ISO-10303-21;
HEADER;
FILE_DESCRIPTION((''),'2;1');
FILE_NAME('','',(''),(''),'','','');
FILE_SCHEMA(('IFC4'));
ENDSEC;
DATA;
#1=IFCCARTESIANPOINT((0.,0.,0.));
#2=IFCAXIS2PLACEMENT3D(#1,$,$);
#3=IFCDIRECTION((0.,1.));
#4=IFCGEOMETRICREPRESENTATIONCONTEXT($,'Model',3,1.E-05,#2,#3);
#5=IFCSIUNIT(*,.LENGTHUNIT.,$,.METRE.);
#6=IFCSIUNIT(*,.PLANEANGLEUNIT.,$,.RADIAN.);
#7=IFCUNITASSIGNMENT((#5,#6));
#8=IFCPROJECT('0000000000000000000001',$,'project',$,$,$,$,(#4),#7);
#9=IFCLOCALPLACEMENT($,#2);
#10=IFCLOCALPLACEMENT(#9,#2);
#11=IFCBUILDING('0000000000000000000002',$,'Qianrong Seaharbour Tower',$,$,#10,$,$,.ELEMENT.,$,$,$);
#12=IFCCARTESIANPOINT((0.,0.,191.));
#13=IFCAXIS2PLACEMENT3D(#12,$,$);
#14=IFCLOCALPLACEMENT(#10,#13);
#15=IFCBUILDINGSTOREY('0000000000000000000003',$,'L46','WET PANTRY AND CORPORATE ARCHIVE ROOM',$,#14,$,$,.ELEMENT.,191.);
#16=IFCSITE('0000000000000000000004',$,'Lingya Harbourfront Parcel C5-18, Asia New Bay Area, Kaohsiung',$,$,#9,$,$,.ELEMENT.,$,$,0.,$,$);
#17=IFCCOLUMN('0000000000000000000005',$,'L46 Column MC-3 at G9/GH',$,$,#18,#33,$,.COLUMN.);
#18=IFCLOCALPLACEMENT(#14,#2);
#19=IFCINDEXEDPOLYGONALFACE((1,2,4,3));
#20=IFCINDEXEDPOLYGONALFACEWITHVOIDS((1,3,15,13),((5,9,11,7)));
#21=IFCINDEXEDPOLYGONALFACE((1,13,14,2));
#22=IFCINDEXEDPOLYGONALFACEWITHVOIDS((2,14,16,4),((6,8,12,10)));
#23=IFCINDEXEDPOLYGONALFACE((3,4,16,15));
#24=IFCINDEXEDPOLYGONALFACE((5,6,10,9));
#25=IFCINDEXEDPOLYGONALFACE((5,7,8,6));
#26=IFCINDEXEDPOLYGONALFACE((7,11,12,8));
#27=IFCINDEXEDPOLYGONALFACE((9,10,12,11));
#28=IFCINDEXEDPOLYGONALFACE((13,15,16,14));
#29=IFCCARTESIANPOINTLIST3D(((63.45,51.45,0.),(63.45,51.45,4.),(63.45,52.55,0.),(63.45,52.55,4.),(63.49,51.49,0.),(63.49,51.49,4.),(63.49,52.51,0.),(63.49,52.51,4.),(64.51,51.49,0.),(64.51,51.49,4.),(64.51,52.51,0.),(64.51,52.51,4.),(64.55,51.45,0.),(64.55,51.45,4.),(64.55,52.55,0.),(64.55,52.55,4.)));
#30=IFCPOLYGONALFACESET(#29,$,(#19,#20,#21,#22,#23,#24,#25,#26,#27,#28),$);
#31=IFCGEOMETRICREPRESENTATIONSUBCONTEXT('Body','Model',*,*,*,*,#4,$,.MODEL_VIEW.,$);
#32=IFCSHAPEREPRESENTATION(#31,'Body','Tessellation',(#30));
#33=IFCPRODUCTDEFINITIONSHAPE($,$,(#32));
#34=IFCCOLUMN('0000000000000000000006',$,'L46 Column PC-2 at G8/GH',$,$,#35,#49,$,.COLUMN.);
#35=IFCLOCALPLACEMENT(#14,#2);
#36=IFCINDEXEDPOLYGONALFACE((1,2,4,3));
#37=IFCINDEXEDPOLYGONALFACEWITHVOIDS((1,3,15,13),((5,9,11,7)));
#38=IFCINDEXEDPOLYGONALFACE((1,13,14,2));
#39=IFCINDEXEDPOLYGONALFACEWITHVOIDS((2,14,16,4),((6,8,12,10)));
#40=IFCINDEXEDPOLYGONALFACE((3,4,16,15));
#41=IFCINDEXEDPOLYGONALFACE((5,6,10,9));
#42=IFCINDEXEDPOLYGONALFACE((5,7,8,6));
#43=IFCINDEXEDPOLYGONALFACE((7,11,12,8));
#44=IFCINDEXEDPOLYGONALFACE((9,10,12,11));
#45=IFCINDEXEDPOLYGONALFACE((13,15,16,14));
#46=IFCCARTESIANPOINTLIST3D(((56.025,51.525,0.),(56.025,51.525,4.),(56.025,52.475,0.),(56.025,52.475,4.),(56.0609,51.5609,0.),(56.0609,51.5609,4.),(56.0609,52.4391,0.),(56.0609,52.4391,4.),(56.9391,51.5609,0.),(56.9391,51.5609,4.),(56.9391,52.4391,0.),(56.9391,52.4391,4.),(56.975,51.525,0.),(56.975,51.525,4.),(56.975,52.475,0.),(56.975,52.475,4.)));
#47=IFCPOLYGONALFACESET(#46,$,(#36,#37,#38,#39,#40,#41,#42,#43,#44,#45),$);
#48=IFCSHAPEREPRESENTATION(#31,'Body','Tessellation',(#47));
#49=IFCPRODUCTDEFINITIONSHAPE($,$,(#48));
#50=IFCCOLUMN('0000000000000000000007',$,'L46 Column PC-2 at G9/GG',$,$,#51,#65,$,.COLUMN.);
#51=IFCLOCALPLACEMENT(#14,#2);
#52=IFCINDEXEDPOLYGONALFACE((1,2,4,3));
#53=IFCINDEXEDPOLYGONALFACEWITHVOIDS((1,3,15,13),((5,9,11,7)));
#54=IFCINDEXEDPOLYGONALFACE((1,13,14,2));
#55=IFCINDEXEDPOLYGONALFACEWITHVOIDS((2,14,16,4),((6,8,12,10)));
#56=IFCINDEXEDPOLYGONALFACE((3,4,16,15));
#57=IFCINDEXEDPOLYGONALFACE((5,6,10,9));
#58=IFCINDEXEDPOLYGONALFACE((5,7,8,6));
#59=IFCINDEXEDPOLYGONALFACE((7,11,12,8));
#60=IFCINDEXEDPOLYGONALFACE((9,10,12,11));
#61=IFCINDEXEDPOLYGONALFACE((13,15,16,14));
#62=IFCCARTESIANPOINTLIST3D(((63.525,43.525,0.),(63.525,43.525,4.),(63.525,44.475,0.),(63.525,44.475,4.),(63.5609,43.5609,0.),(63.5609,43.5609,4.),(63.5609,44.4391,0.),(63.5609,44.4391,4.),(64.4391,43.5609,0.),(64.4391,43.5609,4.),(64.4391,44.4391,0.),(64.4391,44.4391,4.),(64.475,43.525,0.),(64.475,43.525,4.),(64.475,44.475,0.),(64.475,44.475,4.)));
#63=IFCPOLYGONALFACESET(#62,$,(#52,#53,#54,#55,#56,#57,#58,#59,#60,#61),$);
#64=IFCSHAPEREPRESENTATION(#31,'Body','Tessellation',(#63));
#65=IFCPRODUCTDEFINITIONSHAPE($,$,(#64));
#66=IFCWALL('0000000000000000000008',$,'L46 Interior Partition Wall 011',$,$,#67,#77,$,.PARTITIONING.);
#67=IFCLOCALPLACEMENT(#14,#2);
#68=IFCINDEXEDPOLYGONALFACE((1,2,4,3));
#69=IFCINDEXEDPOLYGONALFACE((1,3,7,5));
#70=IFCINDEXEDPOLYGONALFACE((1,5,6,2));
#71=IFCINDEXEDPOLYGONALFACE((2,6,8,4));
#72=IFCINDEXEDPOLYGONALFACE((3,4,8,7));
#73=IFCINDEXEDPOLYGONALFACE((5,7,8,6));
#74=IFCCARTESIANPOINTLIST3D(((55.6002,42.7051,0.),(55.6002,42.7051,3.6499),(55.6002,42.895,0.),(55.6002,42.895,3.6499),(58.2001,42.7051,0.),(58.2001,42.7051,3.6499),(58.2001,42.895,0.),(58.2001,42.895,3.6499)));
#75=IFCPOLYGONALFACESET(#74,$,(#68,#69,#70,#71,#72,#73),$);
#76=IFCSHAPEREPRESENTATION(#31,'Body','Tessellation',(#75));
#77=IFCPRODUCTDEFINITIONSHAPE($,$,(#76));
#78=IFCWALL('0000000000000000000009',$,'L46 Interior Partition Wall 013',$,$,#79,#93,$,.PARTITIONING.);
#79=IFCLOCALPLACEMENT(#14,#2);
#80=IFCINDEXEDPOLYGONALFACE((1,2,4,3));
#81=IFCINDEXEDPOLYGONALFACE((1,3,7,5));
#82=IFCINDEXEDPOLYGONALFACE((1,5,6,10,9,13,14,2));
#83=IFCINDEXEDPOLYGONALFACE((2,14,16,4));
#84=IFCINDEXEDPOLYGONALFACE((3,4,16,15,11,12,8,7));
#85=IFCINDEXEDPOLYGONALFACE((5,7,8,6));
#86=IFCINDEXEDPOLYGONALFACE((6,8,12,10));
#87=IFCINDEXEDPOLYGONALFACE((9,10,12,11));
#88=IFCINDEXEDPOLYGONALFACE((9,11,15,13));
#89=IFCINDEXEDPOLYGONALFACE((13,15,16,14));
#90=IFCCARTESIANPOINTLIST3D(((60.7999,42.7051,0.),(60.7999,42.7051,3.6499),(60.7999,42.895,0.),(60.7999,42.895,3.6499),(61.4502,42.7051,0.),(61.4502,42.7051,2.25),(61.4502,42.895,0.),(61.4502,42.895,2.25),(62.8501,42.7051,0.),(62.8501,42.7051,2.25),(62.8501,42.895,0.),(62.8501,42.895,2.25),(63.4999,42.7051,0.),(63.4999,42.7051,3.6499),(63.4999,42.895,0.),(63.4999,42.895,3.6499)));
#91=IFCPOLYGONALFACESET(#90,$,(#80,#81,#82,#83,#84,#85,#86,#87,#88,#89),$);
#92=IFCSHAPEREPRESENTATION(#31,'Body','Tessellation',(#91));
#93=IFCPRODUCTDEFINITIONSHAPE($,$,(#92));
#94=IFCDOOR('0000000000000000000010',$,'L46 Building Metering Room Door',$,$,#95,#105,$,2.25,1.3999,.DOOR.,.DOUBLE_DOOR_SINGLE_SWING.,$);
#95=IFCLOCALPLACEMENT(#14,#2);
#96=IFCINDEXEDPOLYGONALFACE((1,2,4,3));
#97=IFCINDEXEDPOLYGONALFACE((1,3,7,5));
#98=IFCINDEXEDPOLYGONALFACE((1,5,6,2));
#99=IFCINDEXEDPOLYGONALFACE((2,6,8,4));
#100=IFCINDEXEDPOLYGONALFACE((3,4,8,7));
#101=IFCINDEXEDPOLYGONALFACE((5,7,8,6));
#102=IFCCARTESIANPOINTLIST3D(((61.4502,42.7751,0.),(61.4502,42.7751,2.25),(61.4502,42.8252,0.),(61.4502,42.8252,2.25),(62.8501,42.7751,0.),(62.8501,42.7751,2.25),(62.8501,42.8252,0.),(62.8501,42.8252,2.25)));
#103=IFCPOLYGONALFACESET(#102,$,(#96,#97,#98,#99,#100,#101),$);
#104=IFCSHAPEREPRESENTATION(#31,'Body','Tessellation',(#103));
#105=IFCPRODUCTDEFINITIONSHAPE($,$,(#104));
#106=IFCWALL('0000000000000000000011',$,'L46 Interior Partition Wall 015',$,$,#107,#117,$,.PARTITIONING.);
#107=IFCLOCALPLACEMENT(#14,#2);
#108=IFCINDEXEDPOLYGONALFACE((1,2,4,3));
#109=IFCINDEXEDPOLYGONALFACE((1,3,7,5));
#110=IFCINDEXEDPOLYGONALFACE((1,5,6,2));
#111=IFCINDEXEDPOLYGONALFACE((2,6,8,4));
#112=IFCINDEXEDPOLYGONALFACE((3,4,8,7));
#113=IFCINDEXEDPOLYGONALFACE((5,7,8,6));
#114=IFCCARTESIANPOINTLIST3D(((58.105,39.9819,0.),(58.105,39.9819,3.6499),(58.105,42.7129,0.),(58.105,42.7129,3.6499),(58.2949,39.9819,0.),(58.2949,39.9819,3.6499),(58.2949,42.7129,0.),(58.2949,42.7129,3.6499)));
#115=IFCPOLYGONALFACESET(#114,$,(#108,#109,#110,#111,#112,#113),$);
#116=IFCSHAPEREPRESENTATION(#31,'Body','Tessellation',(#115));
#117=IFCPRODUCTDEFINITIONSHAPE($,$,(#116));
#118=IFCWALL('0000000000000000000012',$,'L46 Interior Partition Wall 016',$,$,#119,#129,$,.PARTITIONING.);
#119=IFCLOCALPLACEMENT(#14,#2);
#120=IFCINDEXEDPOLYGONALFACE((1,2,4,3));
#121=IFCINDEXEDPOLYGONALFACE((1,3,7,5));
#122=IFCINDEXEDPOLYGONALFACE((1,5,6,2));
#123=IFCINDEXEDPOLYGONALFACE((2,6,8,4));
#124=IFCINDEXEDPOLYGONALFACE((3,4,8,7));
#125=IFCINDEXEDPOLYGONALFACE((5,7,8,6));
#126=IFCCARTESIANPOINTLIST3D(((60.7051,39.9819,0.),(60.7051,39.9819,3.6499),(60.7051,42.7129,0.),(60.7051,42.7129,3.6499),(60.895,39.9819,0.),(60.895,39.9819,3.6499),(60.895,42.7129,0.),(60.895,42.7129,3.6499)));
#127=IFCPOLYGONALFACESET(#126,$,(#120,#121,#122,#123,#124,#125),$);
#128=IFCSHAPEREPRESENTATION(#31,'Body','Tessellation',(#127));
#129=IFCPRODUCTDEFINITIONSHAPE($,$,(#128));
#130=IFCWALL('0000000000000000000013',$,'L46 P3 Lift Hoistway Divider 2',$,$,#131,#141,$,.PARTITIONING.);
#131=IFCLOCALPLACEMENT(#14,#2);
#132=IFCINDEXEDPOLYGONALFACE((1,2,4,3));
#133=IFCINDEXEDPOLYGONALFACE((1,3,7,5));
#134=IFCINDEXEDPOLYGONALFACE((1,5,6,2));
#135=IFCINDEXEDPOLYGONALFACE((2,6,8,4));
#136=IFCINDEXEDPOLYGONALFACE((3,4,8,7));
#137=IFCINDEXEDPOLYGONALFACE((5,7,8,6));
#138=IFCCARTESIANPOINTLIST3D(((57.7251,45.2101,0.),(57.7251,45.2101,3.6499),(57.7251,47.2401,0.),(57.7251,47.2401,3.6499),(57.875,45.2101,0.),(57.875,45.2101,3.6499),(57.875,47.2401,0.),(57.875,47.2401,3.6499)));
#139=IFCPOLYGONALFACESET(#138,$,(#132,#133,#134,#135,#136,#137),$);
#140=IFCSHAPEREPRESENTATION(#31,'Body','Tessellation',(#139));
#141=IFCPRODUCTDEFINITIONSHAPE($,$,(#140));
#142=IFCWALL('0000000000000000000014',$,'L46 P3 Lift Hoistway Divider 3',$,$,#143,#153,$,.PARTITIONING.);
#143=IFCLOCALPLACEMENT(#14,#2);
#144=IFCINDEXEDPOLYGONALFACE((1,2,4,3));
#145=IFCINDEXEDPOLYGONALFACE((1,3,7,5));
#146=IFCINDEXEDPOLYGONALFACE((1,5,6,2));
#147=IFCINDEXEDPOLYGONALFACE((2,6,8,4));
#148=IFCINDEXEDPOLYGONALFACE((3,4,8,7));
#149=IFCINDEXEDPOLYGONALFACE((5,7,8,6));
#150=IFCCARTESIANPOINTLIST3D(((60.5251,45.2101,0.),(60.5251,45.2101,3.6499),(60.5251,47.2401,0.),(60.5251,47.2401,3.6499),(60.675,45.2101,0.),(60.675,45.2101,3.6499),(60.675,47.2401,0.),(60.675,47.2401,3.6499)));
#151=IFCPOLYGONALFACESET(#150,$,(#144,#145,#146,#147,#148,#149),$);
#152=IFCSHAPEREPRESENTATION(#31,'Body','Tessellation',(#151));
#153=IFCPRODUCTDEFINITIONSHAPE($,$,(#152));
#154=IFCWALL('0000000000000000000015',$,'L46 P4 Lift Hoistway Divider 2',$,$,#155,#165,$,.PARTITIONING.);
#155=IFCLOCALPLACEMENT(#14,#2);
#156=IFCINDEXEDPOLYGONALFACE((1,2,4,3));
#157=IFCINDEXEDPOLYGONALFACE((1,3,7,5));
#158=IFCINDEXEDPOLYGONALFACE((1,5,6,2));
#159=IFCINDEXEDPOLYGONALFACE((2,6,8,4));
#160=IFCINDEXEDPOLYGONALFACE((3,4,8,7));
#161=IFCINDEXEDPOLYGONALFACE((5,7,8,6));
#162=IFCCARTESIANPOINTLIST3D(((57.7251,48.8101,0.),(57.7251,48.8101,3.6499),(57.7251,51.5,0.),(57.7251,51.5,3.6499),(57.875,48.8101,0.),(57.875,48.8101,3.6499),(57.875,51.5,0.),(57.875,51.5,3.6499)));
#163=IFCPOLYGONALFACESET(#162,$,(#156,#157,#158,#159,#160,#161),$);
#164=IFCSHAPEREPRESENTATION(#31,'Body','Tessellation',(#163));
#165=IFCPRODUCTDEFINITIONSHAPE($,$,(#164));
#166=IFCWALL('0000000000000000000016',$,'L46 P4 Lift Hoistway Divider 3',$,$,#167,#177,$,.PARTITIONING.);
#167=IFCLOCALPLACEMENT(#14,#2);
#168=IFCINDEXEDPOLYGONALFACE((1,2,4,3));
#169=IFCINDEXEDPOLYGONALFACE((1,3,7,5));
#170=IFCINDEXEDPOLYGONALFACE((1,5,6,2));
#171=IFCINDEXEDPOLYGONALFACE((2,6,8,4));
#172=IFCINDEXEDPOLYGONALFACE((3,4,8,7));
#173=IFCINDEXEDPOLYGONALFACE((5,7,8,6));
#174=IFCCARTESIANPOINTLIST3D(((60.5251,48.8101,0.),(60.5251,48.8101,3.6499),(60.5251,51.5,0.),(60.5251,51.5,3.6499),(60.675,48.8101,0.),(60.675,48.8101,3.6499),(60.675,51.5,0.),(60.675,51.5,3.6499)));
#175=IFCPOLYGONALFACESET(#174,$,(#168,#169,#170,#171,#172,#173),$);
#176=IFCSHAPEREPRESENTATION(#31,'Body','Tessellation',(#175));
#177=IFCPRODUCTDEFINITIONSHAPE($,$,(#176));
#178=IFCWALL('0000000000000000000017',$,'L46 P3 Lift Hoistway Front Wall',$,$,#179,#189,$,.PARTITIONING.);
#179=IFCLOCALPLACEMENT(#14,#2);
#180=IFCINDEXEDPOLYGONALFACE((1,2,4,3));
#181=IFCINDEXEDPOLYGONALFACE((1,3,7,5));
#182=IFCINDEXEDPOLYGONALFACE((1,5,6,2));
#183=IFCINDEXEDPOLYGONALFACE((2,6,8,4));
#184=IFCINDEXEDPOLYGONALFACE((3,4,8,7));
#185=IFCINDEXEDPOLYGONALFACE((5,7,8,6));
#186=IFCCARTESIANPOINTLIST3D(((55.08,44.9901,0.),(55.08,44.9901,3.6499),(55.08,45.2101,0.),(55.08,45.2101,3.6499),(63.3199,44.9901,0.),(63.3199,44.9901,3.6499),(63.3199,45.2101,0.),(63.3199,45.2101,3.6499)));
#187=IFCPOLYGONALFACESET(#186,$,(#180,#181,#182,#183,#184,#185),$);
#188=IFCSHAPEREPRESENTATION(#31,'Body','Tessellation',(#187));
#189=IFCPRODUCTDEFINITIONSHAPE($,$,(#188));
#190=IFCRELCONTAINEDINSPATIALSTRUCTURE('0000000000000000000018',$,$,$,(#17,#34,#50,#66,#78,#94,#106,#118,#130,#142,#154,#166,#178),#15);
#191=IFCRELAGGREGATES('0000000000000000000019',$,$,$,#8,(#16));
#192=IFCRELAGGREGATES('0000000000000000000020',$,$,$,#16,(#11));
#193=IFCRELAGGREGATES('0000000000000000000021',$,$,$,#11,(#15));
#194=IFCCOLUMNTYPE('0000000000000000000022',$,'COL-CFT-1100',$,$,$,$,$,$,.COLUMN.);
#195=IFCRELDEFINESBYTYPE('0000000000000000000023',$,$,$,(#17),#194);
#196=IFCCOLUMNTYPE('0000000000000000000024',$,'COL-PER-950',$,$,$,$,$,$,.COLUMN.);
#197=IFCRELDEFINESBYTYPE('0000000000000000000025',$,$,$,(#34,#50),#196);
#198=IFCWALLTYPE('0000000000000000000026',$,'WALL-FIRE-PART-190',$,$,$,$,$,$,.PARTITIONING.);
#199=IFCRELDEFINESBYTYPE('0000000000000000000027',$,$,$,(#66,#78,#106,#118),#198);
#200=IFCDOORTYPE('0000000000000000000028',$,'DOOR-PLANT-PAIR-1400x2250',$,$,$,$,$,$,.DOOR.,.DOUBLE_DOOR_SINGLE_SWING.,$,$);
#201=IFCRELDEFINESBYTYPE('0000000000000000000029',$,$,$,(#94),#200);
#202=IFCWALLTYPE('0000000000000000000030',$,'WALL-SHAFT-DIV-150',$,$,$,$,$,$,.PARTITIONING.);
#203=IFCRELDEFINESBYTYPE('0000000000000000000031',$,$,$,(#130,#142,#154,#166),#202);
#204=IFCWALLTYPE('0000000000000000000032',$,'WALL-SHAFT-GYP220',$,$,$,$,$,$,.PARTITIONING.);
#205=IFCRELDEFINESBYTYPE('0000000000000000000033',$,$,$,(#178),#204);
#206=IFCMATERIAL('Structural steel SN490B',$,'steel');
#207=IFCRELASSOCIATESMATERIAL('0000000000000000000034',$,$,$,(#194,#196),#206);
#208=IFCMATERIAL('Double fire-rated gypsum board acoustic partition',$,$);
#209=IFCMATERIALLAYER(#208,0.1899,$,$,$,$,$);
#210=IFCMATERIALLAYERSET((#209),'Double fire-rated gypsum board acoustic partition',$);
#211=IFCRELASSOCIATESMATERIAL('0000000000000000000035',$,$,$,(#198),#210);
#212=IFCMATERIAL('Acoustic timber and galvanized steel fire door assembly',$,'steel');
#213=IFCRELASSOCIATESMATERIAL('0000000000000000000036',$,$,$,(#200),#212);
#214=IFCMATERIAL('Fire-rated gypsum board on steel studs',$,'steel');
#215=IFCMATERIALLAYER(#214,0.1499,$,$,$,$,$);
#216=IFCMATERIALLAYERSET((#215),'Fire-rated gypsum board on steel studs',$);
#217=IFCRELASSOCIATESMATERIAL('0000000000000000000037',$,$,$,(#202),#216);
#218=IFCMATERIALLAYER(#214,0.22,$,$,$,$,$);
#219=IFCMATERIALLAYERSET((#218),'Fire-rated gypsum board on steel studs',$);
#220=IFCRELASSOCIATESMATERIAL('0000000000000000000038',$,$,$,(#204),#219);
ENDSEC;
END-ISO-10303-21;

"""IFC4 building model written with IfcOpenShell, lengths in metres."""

from ifc_helpers import new_model, si_unit, direction, frame, frame_2d, origin, origin_2d, place, context, subcontext, project, spatial, rectangle, hollow_rectangle, extrude, material, layer, layer_set, material_profile, profile_set, type_object, element, fill, save


model = new_model("IFC4")

# Units and contexts
model_context = context("Model", 3, precision=1e-05, world=origin(), true_north=direction((0.0, 1.0)))
body_context = subcontext(model_context, "Body", "Model", "MODEL_VIEW")
ifc_project = project(units=[si_unit("LENGTHUNIT", "METRE"), si_unit("PLANEANGLEUNIT", "RADIAN")], contexts=[model_context])

# Site, building, storey
site_placement = place(None, origin())
site = spatial("IfcSite", under=ifc_project, at=site_placement, Name="Lingya Harbourfront Parcel C5-18, Asia New Bay Area, Kaohsiung", CompositionType="ELEMENT", RefElevation=0.0)
building_placement = place(site_placement, origin())
building = spatial("IfcBuilding", under=site, at=building_placement, Name="Qianrong Seaharbour Tower", CompositionType="ELEMENT")
storey_placement = place(building_placement, frame((0.0, 0.0, 191.0)))
storey = spatial("IfcBuildingStorey", under=building, at=storey_placement, Name="L46", Description="WET PANTRY AND CORPORATE ARCHIVE ROOM", CompositionType="ELEMENT", Elevation=191.0)

# Columns
ifc_material_1 = material(Name="Structural steel SN490B", Category="steel")
ifc_material_profile_1 = material_profile(ifc_material_1, hollow_rectangle(XDim=1.1001, YDim=1.1001, WallThickness=0.04, at=origin_2d()), Name="BOX1100x1100x40")
ifc_profile_set_1 = profile_set([ifc_material_profile_1], Name="Structural steel SN490B")
column_type_1 = type_object("IfcColumnType", Name="COL-CFT-1100", PredefinedType="COLUMN", material=ifc_profile_set_1)
column_placement = place(storey_placement, frame((64.0, 52.0, 0.0), z_axis=(0.0, 0.0, 1.0), x_axis=(1.0, 0.0, 0.0)))
element("IfcColumn", 1, at=column_placement, inside=storey, type_object=column_type_1, Name="L46 Column MC-3 at G9/GH", PredefinedType="COLUMN", context=body_context, shape_type="SweptSolid", body=[
    extrude(hollow_rectangle(XDim=1.1001, YDim=1.1001, WallThickness=0.04, at=origin_2d()), origin(), (0.0, 0.0, 1.0), 4.0),
])
ifc_material_profile_2 = material_profile(ifc_material_1, hollow_rectangle(XDim=0.95, YDim=0.95, WallThickness=0.0359, at=origin_2d()), Name="BOX950x950x36")
ifc_profile_set_2 = profile_set([ifc_material_profile_2], Name="Structural steel SN490B")
column_type_2 = type_object("IfcColumnType", Name="COL-PER-950", PredefinedType="COLUMN", material=ifc_profile_set_2)
for number, where, z_axis, x_axis, name in (
    (2, (56.5, 52.0, 0.0), (0.0, 0.0, 1.0), (1.0, 0.0, 0.0), "L46 Column PC-2 at G8/GH"),
    (3, (64.0, 44.0, 0.0), (0.0, 0.0, 1.0), (1.0, 0.0, 0.0), "L46 Column PC-2 at G9/GG"),
):
    element("IfcColumn", number, at=place(storey_placement, frame(where, z_axis=z_axis, x_axis=x_axis)), inside=storey, type_object=column_type_2, Name=name, PredefinedType="COLUMN", context=body_context, shape_type="SweptSolid", body=[
        extrude(hollow_rectangle(XDim=0.95, YDim=0.95, WallThickness=0.0359, at=origin_2d()), origin(), (0.0, 0.0, 1.0), 4.0),
    ])

# Shared definitions
ifc_material_2 = material(Name="Acoustic timber and galvanized steel fire door assembly", Category="steel")

# Wall
ifc_material_3 = material(Name="Double fire-rated gypsum board acoustic partition")
ifc_layer_1 = layer(ifc_material_3, 0.1899)
ifc_layer_set_1 = layer_set([ifc_layer_1], Name="Double fire-rated gypsum board acoustic partition")
wall_type_1 = type_object("IfcWallType", Name="WALL-FIRE-PART-190", PredefinedType="PARTITIONING", material=ifc_layer_set_1)
wall_1_placement = place(storey_placement, frame((58.2, 42.8, 0.0), z_axis=(0.0, 0.0, 1.0), x_axis=(-1.0, 0.0, 0.0)))
element("IfcWall", 4, at=wall_1_placement, inside=storey, type_object=wall_type_1, Name="L46 Interior Partition Wall 011", PredefinedType="PARTITIONING", context=body_context, shape_type="SweptSolid", body=[
    extrude(rectangle(XDim=2.5999, YDim=0.1899, at=frame_2d((1.2998, 0.0))), origin(), (0.0, 0.0, 1.0), 3.6499),
])

# Wall, opening, door
wall_2_placement = place(storey_placement, frame((63.5, 42.8, 0.0), z_axis=(0.0, 0.0, 1.0), x_axis=(-1.0, 0.0, 0.0)))
wall_2 = element("IfcWall", 5, at=wall_2_placement, inside=storey, type_object=wall_type_1, Name="L46 Interior Partition Wall 013", PredefinedType="PARTITIONING", context=body_context, shape_type="SweptSolid", body=[
    extrude(rectangle(XDim=2.7, YDim=0.1899, at=frame_2d((1.3501, 0.0))), origin(), (0.0, 0.0, 1.0), 3.6499),
])
opening_1_placement = place(wall_2_placement, frame((0.6499, 0.0, 0.0)))
opening_1 = element("IfcOpeningElement", 6, at=opening_1_placement, cuts=wall_2, PredefinedType="OPENING", context=body_context, shape_type="SweptSolid", body=[
    extrude(rectangle(XDim=1.3999, YDim=2.25, at=frame_2d((0.7, 1.125))), frame((0.0, 0.105, 0.0), z_axis=(0.0, -1.0, 0.0), x_axis=(1.0, 0.0, 0.0)), (0.0, 0.0, 1.0), 0.21),
])
door_type_1 = type_object("IfcDoorType", Name="DOOR-PLANT-PAIR-1400x2250", OperationType="DOUBLE_DOOR_SINGLE_SWING", PredefinedType="DOOR", material=ifc_material_2)
door_1_placement = place(opening_1_placement, origin())
door_1 = element("IfcDoor", 7, at=door_1_placement, inside=storey, type_object=door_type_1, Name="L46 Building Metering Room Door", OperationType="DOUBLE_DOOR_SINGLE_SWING", OverallHeight=2.25, OverallWidth=1.3999, PredefinedType="DOOR", context=body_context, shape_type="SweptSolid", body=[
    extrude(rectangle(XDim=1.3999, YDim=2.25, at=frame_2d((0.7, 1.125))), frame((0.0, 0.0249, 0.0), z_axis=(0.0, -1.0, 0.0), x_axis=(1.0, 0.0, 0.0)), (0.0, 0.0, 1.0), 0.05),
])
fill(opening_1, door_1)

# Walls
for number, where, z_axis, x_axis, name in (
    (8, (58.2, 42.7129, 0.0), (0.0, 0.0, 1.0), (0.0, -1.0, 0.0), "L46 Interior Partition Wall 015"),
    (9, (60.8, 42.7129, 0.0), (0.0, 0.0, 1.0), (0.0, -1.0, 0.0), "L46 Interior Partition Wall 016"),
):
    element("IfcWall", number, at=place(storey_placement, frame(where, z_axis=z_axis, x_axis=x_axis)), inside=storey, type_object=wall_type_1, Name=name, PredefinedType="PARTITIONING", context=body_context, shape_type="SweptSolid", body=[
        extrude(rectangle(XDim=2.731, YDim=0.1899, at=frame_2d((1.3655, 0.0))), origin(), (0.0, 0.0, 1.0), 3.6499),
    ])
ifc_material_4 = material(Name="Fire-rated gypsum board on steel studs", Category="steel")
ifc_layer_2 = layer(ifc_material_4, 0.1499)
ifc_layer_set_2 = layer_set([ifc_layer_2], Name="Fire-rated gypsum board on steel studs")
wall_type_2 = type_object("IfcWallType", Name="WALL-SHAFT-DIV-150", PredefinedType="PARTITIONING", material=ifc_layer_set_2)
for number, where, z_axis, x_axis, name in (
    (10, (57.8, 45.21, 0.0), (0.0, 0.0, 1.0), (0.0, 1.0, 0.0), "L46 P3 Lift Hoistway Divider 2"),
    (11, (60.6001, 45.21, 0.0), (0.0, 0.0, 1.0), (0.0, 1.0, 0.0), "L46 P3 Lift Hoistway Divider 3"),
):
    element("IfcWall", number, at=place(storey_placement, frame(where, z_axis=z_axis, x_axis=x_axis)), inside=storey, type_object=wall_type_2, Name=name, PredefinedType="PARTITIONING", context=body_context, shape_type="SweptSolid", body=[
        extrude(rectangle(XDim=2.03, YDim=0.1499, at=frame_2d((1.0151, 0.0))), origin(), (0.0, 0.0, 1.0), 3.6499),
    ])
for number, where, z_axis, x_axis, name in (
    (12, (57.8, 48.8101, 0.0), (0.0, 0.0, 1.0), (0.0, 1.0, 0.0), "L46 P4 Lift Hoistway Divider 2"),
    (13, (60.6001, 48.8101, 0.0), (0.0, 0.0, 1.0), (0.0, 1.0, 0.0), "L46 P4 Lift Hoistway Divider 3"),
):
    element("IfcWall", number, at=place(storey_placement, frame(where, z_axis=z_axis, x_axis=x_axis)), inside=storey, type_object=wall_type_2, Name=name, PredefinedType="PARTITIONING", context=body_context, shape_type="SweptSolid", body=[
        extrude(rectangle(XDim=2.6899, YDim=0.1499, at=frame_2d((1.345, 0.0))), origin(), (0.0, 0.0, 1.0), 3.6499),
    ])
ifc_layer_3 = layer(ifc_material_4, 0.22)
ifc_layer_set_3 = layer_set([ifc_layer_3], Name="Fire-rated gypsum board on steel studs")
wall_type_3 = type_object("IfcWallType", Name="WALL-SHAFT-GYP220", PredefinedType="PARTITIONING", material=ifc_layer_set_3)
for number, where, z_axis, x_axis, name in (
    (14, (63.3201, 45.1001, 0.0), (0.0, 0.0, 1.0), (-1.0, 0.0, 0.0), "L46 P3 Lift Hoistway Front Wall"),
):
    element("IfcWall", number, at=place(storey_placement, frame(where, z_axis=z_axis, x_axis=x_axis)), inside=storey, type_object=wall_type_3, Name=name, PredefinedType="PARTITIONING", context=body_context, shape_type="SweptSolid", body=[
        extrude(rectangle(XDim=8.24, YDim=0.22, at=frame_2d((4.1201, 0.0))), origin(), (0.0, 0.0, 1.0), 3.6499),
    ])

save(model, "model.ifc")
